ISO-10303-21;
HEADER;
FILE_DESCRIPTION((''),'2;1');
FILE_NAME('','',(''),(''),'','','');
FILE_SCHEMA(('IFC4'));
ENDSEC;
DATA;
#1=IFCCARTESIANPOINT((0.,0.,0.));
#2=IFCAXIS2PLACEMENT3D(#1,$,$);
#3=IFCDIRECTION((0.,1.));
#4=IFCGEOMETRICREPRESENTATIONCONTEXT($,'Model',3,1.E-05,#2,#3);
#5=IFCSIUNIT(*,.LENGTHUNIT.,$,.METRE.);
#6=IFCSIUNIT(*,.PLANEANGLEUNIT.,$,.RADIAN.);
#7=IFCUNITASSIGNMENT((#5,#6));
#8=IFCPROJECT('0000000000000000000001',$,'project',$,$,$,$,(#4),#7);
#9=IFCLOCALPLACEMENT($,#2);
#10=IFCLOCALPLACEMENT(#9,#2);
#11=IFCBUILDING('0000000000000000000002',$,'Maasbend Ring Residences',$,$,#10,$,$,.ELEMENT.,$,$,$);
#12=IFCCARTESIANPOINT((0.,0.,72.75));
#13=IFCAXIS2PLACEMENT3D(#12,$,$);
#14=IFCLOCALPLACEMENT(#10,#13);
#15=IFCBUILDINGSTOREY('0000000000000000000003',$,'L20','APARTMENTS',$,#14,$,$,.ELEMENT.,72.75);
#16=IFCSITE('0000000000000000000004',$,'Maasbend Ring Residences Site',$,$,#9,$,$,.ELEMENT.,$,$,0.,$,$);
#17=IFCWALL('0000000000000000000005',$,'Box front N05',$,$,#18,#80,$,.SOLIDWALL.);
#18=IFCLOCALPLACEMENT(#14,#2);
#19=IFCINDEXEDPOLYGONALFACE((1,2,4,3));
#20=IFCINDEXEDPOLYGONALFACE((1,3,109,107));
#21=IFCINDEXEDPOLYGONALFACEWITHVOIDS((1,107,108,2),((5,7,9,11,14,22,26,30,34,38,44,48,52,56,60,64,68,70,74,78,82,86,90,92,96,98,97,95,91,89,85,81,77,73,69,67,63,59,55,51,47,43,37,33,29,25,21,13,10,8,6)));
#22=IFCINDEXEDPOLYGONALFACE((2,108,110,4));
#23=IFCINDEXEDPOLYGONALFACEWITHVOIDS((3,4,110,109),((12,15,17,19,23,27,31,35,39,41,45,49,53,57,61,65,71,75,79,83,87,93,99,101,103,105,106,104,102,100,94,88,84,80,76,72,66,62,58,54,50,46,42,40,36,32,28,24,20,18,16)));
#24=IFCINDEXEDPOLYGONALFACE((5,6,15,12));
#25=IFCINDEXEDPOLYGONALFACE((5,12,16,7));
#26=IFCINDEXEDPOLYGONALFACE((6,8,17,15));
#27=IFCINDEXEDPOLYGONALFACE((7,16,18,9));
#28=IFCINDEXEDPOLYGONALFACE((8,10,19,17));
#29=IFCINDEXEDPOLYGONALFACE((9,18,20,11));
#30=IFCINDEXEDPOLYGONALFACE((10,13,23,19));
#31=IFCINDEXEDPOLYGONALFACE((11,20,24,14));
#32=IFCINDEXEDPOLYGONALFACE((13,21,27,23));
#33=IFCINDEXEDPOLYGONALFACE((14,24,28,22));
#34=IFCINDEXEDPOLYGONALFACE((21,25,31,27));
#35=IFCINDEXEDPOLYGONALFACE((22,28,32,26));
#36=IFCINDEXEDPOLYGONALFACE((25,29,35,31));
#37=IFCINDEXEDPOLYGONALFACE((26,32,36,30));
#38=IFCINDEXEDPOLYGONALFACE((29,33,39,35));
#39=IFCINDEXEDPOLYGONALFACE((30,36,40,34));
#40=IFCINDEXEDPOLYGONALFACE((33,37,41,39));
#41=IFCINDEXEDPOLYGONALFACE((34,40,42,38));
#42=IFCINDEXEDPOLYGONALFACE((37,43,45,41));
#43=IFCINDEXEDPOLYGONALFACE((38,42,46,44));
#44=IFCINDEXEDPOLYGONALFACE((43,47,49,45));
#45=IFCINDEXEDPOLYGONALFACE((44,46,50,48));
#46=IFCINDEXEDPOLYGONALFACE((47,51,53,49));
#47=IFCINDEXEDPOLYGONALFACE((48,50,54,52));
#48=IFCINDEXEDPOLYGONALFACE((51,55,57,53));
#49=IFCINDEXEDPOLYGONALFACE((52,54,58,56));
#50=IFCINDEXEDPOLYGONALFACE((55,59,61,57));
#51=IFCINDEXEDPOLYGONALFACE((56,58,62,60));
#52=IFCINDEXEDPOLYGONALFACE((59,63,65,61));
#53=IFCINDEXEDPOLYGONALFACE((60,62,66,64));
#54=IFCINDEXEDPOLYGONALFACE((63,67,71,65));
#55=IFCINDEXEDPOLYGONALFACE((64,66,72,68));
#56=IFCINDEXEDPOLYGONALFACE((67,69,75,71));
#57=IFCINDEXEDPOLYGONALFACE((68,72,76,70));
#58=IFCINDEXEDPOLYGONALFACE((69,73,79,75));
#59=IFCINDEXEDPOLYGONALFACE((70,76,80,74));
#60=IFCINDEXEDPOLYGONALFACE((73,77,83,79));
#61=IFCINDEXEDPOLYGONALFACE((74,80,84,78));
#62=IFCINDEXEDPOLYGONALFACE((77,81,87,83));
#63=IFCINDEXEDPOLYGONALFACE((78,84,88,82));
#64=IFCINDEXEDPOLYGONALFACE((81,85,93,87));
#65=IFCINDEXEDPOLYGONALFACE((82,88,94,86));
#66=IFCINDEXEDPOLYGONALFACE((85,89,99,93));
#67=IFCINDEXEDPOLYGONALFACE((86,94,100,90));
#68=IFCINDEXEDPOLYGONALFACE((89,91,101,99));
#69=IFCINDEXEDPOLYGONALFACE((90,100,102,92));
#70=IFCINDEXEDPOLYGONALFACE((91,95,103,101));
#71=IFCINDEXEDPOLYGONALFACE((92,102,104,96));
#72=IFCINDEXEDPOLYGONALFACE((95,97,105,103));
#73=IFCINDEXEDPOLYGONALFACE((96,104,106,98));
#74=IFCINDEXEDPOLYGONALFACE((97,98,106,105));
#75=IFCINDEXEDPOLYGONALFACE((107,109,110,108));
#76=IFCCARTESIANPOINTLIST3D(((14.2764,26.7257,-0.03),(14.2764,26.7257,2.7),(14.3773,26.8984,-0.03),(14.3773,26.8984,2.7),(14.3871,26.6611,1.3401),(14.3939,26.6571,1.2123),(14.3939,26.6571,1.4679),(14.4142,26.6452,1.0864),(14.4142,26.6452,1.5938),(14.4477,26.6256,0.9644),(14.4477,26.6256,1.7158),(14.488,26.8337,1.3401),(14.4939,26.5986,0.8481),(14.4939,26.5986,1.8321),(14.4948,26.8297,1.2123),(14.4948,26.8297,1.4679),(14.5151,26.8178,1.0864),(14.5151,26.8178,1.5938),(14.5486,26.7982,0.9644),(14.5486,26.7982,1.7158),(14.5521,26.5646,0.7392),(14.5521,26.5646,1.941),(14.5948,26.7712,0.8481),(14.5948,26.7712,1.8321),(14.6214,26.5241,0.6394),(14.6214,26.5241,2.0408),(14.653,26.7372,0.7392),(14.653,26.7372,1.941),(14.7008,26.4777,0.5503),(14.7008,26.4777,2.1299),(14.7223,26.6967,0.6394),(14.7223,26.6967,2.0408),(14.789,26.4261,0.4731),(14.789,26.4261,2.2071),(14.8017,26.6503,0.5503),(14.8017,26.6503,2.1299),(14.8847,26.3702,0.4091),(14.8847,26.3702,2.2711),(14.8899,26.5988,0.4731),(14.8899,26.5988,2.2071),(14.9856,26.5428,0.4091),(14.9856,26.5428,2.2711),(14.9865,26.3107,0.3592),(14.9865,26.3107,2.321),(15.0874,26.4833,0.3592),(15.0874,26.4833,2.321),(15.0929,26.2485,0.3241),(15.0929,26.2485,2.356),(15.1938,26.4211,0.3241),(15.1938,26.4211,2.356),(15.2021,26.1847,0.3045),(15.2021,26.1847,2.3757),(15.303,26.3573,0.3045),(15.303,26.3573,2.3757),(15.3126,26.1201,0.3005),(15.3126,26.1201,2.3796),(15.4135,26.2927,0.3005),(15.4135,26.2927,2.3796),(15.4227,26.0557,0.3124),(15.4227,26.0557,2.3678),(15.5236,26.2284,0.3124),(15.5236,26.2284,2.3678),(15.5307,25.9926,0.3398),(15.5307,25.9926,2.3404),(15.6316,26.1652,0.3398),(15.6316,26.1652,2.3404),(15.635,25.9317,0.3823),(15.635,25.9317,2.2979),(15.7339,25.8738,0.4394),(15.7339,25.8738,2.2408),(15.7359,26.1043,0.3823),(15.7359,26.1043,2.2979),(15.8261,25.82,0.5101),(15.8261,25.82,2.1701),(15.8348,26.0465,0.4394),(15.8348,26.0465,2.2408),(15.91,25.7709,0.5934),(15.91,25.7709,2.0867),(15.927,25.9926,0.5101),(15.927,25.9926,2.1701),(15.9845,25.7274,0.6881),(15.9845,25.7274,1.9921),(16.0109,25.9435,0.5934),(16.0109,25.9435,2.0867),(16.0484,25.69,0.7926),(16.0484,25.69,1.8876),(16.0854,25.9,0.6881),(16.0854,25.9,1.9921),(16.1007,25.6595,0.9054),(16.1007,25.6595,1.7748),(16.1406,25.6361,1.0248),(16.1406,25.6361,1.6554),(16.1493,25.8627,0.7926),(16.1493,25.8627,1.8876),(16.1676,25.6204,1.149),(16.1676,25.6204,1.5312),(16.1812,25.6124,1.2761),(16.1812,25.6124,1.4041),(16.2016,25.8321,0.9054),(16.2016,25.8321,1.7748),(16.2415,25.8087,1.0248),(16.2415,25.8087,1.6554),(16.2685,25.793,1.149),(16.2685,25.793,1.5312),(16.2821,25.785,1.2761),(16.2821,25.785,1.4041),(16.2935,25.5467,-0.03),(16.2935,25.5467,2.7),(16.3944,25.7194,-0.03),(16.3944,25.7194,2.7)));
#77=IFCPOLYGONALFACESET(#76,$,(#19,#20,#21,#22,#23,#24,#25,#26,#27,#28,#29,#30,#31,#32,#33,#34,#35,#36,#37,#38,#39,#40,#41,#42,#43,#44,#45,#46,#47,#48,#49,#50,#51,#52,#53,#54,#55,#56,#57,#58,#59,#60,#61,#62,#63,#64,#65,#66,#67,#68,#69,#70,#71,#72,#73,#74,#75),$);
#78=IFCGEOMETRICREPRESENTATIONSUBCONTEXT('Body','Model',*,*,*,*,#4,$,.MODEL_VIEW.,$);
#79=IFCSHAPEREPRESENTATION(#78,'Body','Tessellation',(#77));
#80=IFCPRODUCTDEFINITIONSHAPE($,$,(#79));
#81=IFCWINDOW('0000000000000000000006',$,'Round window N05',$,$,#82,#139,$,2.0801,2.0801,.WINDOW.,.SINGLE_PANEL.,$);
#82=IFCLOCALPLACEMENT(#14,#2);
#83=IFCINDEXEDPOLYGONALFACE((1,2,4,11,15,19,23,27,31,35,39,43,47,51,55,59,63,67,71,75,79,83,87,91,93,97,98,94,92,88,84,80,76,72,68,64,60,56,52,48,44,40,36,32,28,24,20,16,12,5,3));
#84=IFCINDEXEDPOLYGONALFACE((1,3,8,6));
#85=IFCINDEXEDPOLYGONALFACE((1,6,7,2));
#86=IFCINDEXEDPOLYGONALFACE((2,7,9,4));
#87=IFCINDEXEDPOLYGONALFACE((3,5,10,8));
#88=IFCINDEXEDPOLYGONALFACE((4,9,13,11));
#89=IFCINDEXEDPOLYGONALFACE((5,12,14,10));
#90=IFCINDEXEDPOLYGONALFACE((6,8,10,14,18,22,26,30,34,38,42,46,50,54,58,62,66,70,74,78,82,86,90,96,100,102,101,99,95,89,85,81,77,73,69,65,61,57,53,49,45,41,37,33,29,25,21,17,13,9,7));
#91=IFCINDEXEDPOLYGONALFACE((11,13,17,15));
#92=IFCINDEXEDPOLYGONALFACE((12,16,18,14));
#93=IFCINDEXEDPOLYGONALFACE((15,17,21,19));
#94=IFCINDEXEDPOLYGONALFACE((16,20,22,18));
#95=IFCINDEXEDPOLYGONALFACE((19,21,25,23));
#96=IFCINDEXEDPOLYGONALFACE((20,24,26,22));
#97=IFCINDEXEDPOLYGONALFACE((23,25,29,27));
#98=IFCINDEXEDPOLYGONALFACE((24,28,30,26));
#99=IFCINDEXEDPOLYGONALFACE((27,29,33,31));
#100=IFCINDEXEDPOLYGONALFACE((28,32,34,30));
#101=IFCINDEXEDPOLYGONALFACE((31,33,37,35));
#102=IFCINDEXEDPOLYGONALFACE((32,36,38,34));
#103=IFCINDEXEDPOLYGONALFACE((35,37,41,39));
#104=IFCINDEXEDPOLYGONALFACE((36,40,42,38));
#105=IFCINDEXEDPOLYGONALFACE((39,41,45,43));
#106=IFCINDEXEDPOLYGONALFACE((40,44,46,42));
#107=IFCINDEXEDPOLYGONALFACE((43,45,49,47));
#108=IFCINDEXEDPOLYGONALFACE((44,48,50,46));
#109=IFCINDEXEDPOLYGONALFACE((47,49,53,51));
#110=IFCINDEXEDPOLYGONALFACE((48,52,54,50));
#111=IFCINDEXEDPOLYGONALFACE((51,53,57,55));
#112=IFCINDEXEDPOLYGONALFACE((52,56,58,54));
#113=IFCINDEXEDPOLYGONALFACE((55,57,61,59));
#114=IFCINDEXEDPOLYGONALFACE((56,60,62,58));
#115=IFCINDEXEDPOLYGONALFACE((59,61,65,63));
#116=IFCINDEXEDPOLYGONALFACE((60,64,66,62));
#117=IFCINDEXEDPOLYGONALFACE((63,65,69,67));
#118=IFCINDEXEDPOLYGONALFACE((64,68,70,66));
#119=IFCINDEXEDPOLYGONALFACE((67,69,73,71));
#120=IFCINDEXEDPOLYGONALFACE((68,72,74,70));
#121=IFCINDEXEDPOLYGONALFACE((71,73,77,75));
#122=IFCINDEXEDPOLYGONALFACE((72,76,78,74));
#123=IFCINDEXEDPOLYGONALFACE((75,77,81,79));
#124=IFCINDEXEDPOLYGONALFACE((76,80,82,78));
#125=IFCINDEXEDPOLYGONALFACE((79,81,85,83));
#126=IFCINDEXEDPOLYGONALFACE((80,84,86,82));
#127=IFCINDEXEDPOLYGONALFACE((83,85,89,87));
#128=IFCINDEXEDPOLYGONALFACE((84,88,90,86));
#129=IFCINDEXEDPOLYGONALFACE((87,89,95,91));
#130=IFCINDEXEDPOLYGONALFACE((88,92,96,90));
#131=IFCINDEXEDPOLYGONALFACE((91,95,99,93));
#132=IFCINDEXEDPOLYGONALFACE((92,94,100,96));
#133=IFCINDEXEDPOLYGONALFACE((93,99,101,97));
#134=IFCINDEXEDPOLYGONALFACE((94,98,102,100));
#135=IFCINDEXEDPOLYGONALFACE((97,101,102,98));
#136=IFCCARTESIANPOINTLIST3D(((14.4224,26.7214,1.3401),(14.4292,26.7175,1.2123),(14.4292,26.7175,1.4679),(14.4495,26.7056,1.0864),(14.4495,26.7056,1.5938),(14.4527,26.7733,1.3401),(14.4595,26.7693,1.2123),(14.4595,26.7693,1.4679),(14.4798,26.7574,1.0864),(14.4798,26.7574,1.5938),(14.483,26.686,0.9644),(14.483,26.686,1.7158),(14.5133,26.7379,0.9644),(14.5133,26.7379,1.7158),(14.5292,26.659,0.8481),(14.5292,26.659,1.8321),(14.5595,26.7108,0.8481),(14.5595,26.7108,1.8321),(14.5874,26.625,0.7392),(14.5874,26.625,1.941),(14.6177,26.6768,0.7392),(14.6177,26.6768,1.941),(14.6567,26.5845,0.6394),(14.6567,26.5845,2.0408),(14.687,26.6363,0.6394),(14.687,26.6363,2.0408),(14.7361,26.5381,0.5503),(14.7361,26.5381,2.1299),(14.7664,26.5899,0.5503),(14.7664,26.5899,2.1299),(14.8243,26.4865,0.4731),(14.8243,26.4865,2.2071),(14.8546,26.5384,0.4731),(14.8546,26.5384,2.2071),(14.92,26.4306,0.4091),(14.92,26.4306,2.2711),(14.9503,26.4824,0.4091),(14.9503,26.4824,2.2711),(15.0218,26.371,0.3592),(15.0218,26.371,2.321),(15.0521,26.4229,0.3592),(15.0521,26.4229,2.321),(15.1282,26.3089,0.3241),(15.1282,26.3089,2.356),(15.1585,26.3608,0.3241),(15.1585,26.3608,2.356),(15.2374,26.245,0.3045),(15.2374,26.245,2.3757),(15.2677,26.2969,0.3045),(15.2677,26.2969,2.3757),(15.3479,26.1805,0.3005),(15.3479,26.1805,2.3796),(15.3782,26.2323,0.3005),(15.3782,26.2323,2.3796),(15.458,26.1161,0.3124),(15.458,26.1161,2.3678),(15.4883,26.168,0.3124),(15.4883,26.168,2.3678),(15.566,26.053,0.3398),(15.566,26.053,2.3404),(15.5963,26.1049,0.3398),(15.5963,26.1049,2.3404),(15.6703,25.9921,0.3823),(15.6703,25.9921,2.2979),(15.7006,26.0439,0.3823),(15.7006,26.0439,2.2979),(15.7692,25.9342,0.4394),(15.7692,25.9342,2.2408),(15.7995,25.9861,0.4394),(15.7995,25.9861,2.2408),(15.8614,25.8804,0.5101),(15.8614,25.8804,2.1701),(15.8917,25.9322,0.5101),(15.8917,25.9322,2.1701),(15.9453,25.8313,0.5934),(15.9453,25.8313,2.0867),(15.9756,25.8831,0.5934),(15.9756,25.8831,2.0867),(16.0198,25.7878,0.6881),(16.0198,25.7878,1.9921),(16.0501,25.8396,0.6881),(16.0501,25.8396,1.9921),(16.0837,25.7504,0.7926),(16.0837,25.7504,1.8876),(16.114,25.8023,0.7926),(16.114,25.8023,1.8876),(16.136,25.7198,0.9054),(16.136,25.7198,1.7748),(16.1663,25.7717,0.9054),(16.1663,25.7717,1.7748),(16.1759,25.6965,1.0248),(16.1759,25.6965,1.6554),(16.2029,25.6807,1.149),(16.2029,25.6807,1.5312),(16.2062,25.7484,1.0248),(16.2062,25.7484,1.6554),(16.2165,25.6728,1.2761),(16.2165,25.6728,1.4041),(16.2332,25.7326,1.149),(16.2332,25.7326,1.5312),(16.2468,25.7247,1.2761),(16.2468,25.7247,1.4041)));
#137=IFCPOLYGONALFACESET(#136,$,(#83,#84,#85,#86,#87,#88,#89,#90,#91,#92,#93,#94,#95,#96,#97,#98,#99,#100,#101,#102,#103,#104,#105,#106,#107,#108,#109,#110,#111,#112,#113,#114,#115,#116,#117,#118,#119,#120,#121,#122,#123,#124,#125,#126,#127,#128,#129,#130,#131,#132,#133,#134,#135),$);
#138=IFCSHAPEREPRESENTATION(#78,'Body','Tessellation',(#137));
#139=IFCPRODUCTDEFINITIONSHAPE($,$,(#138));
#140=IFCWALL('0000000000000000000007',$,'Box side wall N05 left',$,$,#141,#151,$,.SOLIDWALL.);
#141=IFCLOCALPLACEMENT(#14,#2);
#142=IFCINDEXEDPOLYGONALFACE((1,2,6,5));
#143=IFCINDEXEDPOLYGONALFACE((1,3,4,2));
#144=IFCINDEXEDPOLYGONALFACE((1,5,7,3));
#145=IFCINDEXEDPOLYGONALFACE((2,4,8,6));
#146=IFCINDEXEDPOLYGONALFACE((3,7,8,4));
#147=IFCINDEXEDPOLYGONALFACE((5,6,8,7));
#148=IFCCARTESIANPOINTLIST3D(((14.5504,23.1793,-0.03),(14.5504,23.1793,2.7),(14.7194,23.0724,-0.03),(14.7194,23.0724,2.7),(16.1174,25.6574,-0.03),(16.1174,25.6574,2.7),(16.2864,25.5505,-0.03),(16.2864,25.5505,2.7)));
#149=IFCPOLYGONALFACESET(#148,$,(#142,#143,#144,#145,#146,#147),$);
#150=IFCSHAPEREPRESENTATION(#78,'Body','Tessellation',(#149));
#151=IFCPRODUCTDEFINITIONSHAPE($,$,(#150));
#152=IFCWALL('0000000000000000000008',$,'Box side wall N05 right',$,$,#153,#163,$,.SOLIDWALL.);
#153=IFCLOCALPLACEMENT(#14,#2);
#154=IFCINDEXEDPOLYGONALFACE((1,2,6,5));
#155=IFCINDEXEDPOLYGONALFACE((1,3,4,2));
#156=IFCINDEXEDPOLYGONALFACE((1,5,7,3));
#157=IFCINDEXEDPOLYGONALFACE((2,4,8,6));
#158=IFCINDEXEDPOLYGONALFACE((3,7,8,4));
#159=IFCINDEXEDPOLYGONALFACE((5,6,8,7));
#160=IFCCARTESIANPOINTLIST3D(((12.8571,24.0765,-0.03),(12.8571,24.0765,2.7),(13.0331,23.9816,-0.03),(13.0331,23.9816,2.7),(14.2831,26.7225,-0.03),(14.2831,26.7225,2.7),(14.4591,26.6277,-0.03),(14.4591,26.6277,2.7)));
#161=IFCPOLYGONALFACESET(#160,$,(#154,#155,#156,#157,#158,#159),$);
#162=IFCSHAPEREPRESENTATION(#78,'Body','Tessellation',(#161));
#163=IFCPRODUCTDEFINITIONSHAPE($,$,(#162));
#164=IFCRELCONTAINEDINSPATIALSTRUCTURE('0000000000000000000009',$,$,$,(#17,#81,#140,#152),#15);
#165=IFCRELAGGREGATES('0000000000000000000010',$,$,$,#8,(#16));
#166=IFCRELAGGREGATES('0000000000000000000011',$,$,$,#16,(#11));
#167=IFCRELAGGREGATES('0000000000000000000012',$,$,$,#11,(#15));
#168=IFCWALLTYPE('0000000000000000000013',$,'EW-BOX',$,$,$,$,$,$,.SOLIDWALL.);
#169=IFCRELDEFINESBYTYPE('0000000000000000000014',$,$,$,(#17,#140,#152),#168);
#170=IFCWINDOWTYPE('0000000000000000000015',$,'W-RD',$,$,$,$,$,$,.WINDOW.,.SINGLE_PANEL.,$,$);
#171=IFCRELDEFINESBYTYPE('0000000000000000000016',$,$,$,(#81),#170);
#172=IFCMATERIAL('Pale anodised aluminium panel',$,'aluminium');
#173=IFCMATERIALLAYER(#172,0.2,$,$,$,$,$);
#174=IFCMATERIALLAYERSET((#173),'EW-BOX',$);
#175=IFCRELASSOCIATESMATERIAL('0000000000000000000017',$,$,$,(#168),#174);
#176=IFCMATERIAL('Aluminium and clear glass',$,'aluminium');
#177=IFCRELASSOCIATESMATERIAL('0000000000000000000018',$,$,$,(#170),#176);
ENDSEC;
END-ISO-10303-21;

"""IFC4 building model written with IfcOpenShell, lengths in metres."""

from ifc_helpers import new_model, si_unit, direction, frame, frame_2d, origin, place, context, subcontext, project, spatial, rectangle, circle, extrude, material, layer, layer_set, type_object, element, fill, save


model = new_model("IFC4")

# Units and contexts
model_context = context("Model", 3, precision=1e-05, world=origin(), true_north=direction((0.0, 1.0)))
body_context = subcontext(model_context, "Body", "Model", "MODEL_VIEW")
ifc_project = project(units=[si_unit("LENGTHUNIT", "METRE"), si_unit("PLANEANGLEUNIT", "RADIAN")], contexts=[model_context])

# Site, building, storey
site_placement = place(None, origin())
site = spatial("IfcSite", under=ifc_project, at=site_placement, Name="Maasbend Ring Residences Site", CompositionType="ELEMENT", RefElevation=0.0)
building_placement = place(site_placement, origin())
building = spatial("IfcBuilding", under=site, at=building_placement, Name="Maasbend Ring Residences", CompositionType="ELEMENT")
storey_placement = place(building_placement, frame((0.0, 0.0, 72.75)))
storey = spatial("IfcBuildingStorey", under=building, at=storey_placement, Name="L20", Description="APARTMENTS", CompositionType="ELEMENT", Elevation=72.75)

# Shared definitions
ifc_material_1 = material(Name="Pale anodised aluminium panel", Category="aluminium")
ifc_layer_1 = layer(ifc_material_1, 0.2)
ifc_layer_set_1 = layer_set([ifc_layer_1], Name="EW-BOX")
wall_type_1 = type_object("IfcWallType", Name="EW-BOX", PredefinedType="SOLIDWALL", material=ifc_layer_set_1)
ifc_material_2 = material(Name="Aluminium and clear glass", Category="aluminium")
window_type_1 = type_object("IfcWindowType", Name="W-RD", PartitioningType="SINGLE_PANEL", PredefinedType="WINDOW", material=ifc_material_2)

# Wall, opening, window
wall_1_placement = place(storey_placement, frame((16.344, 25.6331, -0.03), z_axis=(0.0, 0.0, 1.0), x_axis=(-0.863347, 0.504612, 0.0)))
wall_1 = element("IfcWall", 1, at=wall_1_placement, inside=storey, type_object=wall_type_1, Name="Box front N05", PredefinedType="SOLIDWALL", context=body_context, shape_type="SweptSolid", body=[
    extrude(rectangle(XDim=2.3364, YDim=0.2, at=frame_2d((1.1682, 0.0))), origin(), (0.0, 0.0, 1.0), 2.73),
])
opening_1_placement = place(wall_1_placement, frame((0.1282, 0.0, 0.3301)))
opening_1 = element("IfcOpeningElement", 2, at=opening_1_placement, cuts=wall_1, PredefinedType="OPENING", context=body_context, shape_type="SweptSolid", body=[
    extrude(circle(Radius=1.04, at=frame_2d((1.04, 1.04))), frame((0.0, 0.1099, 0.0), z_axis=(0.0, -1.0, 0.0), x_axis=(1.0, 0.0, 0.0)), (0.0, 0.0, 1.0), 0.22),
])
window_1_placement = place(opening_1_placement, origin())
window_1 = element("IfcWindow", 3, at=window_1_placement, inside=storey, type_object=window_type_1, Name="Round window N05", OverallHeight=2.0801, OverallWidth=2.0801, PartitioningType="SINGLE_PANEL", PredefinedType="WINDOW", context=body_context, shape_type="SweptSolid", body=[
    extrude(circle(Radius=1.04, at=frame_2d((1.04, 1.04))), frame((0.0, 0.03, 0.0), z_axis=(0.0, -1.0, 0.0), x_axis=(1.0, 0.0, 0.0)), (0.0, 0.0, 1.0), 0.0601),
])
fill(opening_1, window_1)

# Walls
wall_2_placement = place(storey_placement, frame((14.635, 23.126, -0.03), z_axis=(0.0, 0.0, 1.0), x_axis=(0.534438, 0.845208, 0.0)))
element("IfcWall", 4, at=wall_2_placement, inside=storey, type_object=wall_type_1, Name="Box side wall N05 left", PredefinedType="SOLIDWALL", context=body_context, shape_type="SweptSolid", body=[
    extrude(rectangle(XDim=2.9319, YDim=0.2, at=frame_2d((1.4658, 0.0))), origin(), (0.0, 0.0, 1.0), 2.73),
])
wall_3_placement = place(storey_placement, frame((12.9451, 24.0291, -0.03), z_axis=(0.0, 0.0, 1.0), x_axis=(0.474424, 0.880296, 0.0)))
element("IfcWall", 5, at=wall_3_placement, inside=storey, type_object=wall_type_1, Name="Box side wall N05 right", PredefinedType="SOLIDWALL", context=body_context, shape_type="SweptSolid", body=[
    extrude(rectangle(XDim=3.0059, YDim=0.2, at=frame_2d((1.5029, 0.0))), origin(), (0.0, 0.0, 1.0), 2.73),
])

save(model, "model.ifc")
